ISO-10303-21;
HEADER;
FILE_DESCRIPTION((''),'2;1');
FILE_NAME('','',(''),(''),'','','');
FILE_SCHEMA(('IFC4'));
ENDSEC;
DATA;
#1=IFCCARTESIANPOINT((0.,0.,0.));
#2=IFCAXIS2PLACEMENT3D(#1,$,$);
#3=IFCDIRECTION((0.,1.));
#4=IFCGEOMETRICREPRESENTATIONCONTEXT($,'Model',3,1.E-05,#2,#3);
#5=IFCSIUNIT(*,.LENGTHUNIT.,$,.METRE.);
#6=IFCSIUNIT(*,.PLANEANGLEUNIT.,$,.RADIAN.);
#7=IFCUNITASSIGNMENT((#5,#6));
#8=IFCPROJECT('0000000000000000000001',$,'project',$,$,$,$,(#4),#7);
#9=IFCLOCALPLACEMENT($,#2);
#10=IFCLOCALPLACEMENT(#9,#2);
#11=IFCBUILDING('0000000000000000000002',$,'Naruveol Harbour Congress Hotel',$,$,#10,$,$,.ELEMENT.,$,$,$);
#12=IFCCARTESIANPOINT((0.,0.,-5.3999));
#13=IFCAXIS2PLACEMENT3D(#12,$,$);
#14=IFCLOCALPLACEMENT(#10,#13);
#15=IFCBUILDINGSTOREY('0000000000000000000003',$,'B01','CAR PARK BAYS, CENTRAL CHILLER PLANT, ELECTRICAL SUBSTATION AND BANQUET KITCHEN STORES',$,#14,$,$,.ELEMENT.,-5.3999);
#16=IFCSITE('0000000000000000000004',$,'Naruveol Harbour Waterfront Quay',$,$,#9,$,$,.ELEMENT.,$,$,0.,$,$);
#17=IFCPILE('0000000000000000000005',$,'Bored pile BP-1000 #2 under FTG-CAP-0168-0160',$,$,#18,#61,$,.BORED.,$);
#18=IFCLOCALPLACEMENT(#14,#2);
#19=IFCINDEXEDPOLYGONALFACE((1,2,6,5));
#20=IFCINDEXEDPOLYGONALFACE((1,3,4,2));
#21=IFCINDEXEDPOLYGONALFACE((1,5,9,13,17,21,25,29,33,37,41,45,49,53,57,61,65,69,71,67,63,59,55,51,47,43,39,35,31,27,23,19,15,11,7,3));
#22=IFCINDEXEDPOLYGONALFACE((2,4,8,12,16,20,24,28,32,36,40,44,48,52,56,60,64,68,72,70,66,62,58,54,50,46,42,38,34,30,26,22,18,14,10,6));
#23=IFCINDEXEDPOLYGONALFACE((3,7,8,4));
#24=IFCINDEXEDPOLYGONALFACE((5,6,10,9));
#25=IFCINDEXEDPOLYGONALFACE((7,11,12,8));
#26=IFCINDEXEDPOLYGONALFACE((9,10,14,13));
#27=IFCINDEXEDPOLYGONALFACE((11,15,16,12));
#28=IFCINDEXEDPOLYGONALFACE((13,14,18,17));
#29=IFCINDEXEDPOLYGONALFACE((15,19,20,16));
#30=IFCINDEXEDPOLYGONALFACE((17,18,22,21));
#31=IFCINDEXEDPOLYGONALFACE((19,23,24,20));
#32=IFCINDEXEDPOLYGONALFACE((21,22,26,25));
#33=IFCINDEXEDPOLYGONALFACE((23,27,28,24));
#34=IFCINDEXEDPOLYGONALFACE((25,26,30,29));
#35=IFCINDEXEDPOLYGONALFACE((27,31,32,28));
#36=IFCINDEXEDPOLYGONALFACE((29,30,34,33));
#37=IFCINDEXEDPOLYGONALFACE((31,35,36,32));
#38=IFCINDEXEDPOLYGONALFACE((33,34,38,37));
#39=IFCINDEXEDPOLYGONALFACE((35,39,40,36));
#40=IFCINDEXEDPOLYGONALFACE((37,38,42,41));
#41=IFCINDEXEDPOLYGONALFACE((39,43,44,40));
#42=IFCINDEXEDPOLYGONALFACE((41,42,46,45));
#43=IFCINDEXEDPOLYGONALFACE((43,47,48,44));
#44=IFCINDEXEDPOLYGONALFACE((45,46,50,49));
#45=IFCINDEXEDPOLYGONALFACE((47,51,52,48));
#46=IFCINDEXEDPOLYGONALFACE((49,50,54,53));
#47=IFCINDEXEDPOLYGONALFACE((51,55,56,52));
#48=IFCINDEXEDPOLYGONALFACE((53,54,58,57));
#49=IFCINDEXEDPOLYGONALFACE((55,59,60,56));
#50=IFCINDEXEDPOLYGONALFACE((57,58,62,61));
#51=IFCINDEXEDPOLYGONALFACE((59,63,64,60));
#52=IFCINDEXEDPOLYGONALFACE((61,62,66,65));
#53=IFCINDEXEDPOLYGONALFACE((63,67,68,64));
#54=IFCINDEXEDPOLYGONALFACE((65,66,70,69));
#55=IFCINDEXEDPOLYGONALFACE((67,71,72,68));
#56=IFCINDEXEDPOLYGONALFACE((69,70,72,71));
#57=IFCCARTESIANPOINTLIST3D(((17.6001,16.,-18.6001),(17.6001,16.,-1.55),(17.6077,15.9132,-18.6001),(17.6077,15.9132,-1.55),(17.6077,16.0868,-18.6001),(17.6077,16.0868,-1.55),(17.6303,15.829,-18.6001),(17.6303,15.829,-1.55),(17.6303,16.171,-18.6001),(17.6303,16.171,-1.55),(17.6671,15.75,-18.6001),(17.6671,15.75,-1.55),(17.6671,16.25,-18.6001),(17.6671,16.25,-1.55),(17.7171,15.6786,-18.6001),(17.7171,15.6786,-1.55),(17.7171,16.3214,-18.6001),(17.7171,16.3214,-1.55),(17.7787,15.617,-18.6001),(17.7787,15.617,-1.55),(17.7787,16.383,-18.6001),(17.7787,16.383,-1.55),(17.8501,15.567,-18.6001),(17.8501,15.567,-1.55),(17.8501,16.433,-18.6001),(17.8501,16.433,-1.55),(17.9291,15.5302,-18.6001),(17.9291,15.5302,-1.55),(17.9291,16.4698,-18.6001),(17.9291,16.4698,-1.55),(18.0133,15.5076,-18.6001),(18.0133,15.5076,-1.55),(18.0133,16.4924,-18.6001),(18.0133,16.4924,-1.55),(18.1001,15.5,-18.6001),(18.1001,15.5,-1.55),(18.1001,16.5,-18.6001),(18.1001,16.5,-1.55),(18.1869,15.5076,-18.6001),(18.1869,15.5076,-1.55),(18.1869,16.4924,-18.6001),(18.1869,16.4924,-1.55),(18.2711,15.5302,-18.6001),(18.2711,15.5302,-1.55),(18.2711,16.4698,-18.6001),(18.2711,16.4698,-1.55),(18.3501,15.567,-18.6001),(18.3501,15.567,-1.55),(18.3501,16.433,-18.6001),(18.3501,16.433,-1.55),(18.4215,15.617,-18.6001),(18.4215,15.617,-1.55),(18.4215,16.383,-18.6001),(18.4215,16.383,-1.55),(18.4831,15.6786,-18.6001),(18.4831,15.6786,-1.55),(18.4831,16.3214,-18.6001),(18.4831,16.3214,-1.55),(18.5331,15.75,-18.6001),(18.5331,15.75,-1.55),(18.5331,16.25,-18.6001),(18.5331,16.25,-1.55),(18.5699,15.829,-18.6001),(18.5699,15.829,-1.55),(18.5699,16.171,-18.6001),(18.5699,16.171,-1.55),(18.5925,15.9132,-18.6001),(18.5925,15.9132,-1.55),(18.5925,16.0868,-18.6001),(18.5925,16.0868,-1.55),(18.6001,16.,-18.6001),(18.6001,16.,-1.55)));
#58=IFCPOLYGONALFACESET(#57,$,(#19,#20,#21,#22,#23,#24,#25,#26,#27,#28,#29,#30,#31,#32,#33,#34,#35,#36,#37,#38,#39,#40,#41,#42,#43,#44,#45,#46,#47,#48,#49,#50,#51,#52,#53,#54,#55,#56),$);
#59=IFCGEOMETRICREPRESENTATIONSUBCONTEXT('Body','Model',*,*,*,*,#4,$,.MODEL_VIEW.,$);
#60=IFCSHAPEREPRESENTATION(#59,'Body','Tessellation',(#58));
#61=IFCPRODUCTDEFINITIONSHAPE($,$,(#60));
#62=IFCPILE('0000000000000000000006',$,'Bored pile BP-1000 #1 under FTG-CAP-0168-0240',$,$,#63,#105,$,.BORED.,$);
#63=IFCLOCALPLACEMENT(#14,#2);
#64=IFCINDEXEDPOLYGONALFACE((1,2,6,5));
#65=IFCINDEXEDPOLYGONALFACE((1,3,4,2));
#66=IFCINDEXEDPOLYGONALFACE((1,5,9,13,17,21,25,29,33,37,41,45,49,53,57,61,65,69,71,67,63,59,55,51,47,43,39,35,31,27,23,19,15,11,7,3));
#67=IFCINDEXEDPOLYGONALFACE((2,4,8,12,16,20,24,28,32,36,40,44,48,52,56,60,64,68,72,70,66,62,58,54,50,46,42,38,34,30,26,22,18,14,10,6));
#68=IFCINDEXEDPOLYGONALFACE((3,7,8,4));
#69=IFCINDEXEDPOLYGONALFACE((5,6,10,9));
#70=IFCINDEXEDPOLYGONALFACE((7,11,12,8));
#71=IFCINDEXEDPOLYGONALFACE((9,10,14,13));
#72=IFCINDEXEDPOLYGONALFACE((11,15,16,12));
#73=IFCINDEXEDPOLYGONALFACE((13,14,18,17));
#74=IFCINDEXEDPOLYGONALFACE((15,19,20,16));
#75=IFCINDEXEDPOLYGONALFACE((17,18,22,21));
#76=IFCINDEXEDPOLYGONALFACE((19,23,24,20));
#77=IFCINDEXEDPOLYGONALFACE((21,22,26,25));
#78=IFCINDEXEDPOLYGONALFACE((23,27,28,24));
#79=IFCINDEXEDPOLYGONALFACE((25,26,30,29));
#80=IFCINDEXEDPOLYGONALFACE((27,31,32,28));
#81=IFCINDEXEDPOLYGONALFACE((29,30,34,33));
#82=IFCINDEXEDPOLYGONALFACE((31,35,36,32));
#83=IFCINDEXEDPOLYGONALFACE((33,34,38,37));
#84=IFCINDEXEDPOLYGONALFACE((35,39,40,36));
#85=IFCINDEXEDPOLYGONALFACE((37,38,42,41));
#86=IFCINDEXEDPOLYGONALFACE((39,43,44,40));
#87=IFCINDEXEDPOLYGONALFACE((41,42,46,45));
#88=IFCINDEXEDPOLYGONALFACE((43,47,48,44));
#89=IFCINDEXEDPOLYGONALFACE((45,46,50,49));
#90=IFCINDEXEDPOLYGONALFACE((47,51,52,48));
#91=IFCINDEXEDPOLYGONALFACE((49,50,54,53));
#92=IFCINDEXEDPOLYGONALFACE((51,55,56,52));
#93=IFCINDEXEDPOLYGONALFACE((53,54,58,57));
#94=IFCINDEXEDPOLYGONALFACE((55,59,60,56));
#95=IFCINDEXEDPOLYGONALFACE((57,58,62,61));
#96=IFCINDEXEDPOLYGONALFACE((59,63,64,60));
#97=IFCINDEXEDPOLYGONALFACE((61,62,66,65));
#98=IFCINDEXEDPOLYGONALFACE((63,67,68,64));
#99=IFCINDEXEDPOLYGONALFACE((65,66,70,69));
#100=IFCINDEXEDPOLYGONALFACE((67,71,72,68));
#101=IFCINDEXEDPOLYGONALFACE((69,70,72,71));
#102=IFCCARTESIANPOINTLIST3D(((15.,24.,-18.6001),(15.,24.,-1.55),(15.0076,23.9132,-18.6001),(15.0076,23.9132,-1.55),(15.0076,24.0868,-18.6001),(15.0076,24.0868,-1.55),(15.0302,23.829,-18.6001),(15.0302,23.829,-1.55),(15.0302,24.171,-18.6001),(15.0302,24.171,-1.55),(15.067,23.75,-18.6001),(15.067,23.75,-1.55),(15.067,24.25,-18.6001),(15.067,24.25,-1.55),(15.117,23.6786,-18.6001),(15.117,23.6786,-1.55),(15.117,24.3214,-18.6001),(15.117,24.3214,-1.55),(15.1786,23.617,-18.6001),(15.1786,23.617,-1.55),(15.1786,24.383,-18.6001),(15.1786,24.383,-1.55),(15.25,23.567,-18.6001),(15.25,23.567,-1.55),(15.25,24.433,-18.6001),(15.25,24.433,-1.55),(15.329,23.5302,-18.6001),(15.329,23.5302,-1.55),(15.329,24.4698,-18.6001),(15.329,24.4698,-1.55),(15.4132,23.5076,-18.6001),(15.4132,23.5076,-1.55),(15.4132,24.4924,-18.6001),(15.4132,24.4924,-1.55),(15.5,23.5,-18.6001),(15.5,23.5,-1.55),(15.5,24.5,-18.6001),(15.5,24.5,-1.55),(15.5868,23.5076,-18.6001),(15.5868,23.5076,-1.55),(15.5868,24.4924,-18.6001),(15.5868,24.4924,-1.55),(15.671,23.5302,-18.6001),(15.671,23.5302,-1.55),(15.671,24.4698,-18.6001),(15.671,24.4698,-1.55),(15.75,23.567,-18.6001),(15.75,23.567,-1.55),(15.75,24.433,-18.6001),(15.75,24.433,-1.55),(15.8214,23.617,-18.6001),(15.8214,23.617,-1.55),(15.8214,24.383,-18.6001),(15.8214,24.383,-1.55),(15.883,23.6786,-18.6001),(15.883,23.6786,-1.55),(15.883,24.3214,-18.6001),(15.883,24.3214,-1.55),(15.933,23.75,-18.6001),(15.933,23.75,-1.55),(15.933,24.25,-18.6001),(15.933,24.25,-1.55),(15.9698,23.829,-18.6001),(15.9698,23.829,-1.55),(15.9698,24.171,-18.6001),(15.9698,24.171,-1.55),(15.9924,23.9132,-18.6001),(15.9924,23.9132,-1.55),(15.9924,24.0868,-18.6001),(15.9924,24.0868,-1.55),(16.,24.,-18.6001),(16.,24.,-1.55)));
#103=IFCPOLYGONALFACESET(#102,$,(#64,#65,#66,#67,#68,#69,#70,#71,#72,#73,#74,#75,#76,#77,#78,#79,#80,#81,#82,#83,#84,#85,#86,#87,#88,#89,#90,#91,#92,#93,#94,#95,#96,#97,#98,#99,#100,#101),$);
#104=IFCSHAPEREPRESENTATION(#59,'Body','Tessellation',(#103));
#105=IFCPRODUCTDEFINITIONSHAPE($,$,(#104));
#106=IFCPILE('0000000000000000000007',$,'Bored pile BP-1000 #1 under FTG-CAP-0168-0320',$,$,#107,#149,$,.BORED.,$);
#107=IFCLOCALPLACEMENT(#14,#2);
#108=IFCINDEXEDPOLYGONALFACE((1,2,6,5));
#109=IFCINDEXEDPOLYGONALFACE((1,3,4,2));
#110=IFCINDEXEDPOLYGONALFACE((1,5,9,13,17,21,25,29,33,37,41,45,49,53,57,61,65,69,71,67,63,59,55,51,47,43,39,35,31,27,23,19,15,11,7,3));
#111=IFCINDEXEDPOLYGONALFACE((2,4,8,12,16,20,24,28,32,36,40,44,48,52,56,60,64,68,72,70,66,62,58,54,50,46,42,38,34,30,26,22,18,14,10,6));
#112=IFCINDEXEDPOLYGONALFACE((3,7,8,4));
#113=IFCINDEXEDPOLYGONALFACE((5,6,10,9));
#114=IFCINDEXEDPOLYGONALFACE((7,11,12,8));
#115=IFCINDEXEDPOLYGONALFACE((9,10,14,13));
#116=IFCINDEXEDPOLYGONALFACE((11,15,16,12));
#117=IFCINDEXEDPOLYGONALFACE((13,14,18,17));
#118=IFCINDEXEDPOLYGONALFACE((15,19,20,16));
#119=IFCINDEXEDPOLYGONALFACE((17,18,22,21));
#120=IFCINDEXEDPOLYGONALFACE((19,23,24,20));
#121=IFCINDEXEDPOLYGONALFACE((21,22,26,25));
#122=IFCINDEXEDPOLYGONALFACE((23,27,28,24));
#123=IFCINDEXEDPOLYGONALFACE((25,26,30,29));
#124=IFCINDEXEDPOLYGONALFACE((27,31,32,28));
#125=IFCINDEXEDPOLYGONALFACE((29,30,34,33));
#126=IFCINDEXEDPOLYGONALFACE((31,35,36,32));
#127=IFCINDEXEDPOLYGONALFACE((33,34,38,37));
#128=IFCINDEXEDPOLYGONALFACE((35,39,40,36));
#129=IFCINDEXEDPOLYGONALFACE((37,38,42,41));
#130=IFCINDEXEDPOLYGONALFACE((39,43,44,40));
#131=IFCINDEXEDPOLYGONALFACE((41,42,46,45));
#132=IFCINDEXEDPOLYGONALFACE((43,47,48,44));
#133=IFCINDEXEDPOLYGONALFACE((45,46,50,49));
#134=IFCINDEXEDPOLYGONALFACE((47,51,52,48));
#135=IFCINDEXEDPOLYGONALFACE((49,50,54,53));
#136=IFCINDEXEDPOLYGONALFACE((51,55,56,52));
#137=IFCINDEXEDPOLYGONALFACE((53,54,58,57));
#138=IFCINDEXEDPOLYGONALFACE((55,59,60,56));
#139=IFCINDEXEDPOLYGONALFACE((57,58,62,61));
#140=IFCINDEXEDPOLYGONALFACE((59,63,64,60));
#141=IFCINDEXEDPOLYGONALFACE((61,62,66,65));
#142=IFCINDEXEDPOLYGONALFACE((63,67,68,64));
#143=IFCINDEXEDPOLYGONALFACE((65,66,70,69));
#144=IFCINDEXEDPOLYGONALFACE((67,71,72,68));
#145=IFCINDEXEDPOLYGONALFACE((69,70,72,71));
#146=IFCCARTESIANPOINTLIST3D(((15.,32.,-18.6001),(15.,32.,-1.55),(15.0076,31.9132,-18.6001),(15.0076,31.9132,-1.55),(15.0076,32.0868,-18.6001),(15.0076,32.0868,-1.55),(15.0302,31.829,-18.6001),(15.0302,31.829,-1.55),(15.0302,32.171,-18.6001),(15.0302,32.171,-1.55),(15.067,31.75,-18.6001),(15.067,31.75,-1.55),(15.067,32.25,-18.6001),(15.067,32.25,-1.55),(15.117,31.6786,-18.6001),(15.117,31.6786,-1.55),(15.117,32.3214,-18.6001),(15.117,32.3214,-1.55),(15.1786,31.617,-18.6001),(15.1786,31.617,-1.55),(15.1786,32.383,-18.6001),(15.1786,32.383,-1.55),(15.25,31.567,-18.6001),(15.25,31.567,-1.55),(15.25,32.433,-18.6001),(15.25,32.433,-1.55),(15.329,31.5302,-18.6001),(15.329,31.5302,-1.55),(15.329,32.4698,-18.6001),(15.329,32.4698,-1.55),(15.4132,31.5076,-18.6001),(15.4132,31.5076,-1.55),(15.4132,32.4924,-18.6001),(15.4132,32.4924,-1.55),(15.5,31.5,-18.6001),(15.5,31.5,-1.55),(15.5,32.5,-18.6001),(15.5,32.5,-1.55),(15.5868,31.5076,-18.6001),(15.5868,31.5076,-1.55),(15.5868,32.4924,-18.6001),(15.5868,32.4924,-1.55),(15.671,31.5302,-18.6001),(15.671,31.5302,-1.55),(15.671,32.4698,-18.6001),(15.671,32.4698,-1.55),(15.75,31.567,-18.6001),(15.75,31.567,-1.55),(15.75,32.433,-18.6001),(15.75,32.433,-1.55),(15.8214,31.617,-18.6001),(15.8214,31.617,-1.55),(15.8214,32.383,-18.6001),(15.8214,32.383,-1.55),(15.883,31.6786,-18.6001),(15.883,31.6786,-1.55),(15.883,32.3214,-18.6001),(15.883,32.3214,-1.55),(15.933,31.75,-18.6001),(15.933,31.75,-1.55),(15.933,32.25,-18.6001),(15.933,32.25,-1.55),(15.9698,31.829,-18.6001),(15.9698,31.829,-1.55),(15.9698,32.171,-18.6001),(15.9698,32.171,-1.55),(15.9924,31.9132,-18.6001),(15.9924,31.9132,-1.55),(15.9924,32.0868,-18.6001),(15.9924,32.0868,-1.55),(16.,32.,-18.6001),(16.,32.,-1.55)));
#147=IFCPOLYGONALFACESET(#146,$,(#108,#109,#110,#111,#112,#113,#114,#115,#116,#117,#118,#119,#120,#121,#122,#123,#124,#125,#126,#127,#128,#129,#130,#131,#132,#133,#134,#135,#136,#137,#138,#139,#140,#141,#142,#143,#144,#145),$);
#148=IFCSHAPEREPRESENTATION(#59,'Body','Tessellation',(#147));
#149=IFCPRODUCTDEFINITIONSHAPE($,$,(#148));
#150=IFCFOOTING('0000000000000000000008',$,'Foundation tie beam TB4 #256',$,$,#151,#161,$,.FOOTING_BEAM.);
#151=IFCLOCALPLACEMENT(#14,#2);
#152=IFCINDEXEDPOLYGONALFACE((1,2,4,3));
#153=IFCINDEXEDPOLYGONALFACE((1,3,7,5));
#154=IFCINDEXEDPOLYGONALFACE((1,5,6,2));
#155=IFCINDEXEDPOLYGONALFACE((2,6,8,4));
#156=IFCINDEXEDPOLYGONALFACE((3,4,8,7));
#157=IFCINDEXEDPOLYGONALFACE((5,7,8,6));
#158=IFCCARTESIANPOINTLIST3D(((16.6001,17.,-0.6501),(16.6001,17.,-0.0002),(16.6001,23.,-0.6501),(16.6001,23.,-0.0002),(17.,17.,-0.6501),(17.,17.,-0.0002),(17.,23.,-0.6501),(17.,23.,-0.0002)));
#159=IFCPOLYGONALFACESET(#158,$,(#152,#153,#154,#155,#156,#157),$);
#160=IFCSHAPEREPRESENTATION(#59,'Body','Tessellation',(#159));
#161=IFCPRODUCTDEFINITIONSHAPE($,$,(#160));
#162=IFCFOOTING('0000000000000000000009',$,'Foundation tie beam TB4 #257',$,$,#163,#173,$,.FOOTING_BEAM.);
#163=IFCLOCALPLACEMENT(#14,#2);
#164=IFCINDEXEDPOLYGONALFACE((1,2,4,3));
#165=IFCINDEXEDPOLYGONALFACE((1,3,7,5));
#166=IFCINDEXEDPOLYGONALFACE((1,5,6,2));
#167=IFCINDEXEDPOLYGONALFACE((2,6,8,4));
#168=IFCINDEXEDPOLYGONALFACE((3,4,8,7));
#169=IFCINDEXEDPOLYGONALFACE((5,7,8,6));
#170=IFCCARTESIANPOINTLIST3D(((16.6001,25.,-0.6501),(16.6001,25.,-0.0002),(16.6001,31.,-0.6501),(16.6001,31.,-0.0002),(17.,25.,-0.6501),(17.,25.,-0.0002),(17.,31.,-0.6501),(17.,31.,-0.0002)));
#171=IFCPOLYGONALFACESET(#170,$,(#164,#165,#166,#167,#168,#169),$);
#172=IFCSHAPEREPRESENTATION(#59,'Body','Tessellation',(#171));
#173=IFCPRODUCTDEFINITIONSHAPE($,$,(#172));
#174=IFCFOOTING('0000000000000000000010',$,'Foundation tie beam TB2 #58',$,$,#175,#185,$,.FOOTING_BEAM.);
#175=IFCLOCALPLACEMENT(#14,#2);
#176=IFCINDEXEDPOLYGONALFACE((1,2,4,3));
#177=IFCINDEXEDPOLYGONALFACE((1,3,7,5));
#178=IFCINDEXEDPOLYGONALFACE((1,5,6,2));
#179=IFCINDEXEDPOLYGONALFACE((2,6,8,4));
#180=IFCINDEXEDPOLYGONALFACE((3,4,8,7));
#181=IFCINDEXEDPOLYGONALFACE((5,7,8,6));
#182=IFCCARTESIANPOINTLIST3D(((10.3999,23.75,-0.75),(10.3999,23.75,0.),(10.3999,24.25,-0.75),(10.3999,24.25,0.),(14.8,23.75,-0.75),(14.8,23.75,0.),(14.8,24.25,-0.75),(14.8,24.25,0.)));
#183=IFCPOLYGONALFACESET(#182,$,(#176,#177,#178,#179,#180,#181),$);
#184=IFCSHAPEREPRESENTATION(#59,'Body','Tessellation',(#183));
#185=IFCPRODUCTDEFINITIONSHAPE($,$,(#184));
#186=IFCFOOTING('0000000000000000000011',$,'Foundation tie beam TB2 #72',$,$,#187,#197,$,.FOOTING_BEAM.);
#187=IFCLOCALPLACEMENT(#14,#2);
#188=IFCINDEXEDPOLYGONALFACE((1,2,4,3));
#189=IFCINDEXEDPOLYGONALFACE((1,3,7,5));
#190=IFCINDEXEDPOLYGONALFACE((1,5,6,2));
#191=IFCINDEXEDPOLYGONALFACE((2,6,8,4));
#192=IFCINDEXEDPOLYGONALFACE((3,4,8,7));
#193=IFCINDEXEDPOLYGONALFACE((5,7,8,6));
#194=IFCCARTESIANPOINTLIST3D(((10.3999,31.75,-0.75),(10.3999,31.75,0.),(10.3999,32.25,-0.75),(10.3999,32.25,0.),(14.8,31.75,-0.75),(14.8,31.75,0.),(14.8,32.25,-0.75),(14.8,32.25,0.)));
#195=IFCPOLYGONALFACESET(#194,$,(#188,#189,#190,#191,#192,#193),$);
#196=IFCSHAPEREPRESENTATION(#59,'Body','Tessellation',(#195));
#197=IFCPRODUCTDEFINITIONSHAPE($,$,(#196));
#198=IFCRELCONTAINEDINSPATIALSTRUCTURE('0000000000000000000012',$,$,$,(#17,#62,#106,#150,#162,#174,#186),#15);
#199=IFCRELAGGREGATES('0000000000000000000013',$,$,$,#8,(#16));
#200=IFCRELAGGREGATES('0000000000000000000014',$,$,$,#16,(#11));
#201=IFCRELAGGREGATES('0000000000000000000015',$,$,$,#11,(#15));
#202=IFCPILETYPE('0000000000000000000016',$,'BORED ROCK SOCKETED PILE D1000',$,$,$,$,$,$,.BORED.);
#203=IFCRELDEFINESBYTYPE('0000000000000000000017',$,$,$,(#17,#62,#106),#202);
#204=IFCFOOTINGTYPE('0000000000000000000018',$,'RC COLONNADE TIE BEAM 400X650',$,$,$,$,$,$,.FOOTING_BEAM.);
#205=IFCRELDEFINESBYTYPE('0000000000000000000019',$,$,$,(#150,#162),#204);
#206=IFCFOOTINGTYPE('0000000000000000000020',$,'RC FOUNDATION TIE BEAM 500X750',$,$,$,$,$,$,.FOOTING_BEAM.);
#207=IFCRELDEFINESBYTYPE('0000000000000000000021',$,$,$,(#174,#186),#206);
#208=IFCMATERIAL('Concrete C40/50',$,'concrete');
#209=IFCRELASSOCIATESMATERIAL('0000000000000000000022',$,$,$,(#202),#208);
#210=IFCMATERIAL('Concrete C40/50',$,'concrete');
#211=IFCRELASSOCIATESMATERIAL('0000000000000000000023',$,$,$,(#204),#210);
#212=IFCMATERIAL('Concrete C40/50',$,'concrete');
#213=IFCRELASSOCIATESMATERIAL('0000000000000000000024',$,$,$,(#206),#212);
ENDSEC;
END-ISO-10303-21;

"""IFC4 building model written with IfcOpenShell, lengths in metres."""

from ifc_helpers import new_model, si_unit, direction, frame, origin, origin_2d, place, context, subcontext, project, spatial, rectangle, circle, extrude, material, material_profile, profile_set, type_object, element, save


model = new_model("IFC4")

# Units and contexts
model_context = context("Model", 3, precision=1e-05, world=origin(), true_north=direction((0.0, 1.0)))
body_context = subcontext(model_context, "Body", "Model", "MODEL_VIEW")
ifc_project = project(units=[si_unit("LENGTHUNIT", "METRE"), si_unit("PLANEANGLEUNIT", "RADIAN")], contexts=[model_context])

# Site, building, storey
site_placement = place(None, origin())
site = spatial("IfcSite", under=ifc_project, at=site_placement, Name="Naruveol Harbour Waterfront Quay", CompositionType="ELEMENT", RefElevation=0.0)
building_placement = place(site_placement, origin())
building = spatial("IfcBuilding", under=site, at=building_placement, Name="Naruveol Harbour Congress Hotel", CompositionType="ELEMENT")
storey_placement = place(building_placement, frame((0.0, 0.0, -5.3999)))
storey = spatial("IfcBuildingStorey", under=building, at=storey_placement, Name="B01", Description="CAR PARK BAYS, CENTRAL CHILLER PLANT, ELECTRICAL SUBSTATION AND BANQUET KITCHEN STORES", CompositionType="ELEMENT", Elevation=-5.3999)

# Piles
ifc_material_1 = material(Name="Concrete C40/50", Category="concrete")
ifc_material_profile_1 = material_profile(ifc_material_1, circle(Radius=0.5, at=origin_2d()), Name="BP-1000")
ifc_profile_set_1 = profile_set([ifc_material_profile_1], Name="Concrete C40/50")
pile_type = type_object("IfcPileType", Name="BORED ROCK SOCKETED PILE D1000", PredefinedType="BORED", material=ifc_profile_set_1)
for number, where, z_axis, x_axis, name in (
    (1, (18.1001, 16.0, -1.55), (0.0, 0.0, -1.0), (1.0, 0.0, 0.0), "Bored pile BP-1000 #2 under FTG-CAP-0168-0160"),
    (2, (15.5, 24.0, -1.55), (0.0, 0.0, -1.0), (1.0, 0.0, 0.0), "Bored pile BP-1000 #1 under FTG-CAP-0168-0240"),
    (3, (15.5, 32.0, -1.55), (0.0, 0.0, -1.0), (1.0, 0.0, 0.0), "Bored pile BP-1000 #1 under FTG-CAP-0168-0320"),
):
    element("IfcPile", number, at=place(storey_placement, frame(where, z_axis=z_axis, x_axis=x_axis)), inside=storey, type_object=pile_type, Name=name, PredefinedType="BORED", context=body_context, shape_type="SweptSolid", body=[
        extrude(circle(Radius=0.5, at=origin_2d()), origin(), (0.0, 0.0, 1.0), 17.05),
    ])

# Footings
ifc_material_2 = material(Name="Concrete C40/50", Category="concrete")
ifc_material_profile_2 = material_profile(ifc_material_2, rectangle(XDim=0.3999, YDim=0.6499, at=origin_2d()), Name="RCB-400x650")
ifc_profile_set_2 = profile_set([ifc_material_profile_2], Name="Concrete C40/50")
footing_type_1 = type_object("IfcFootingType", Name="RC COLONNADE TIE BEAM 400X650", PredefinedType="FOOTING_BEAM", material=ifc_profile_set_2)
for number, where, z_axis, x_axis, name in (
    (4, (16.8, 17.0, -0.3252), (0.0, 1.0, 0.0), (-1.0, 0.0, 0.0), "Foundation tie beam TB4 #256"),
    (5, (16.8, 25.0, -0.3252), (0.0, 1.0, 0.0), (-1.0, 0.0, 0.0), "Foundation tie beam TB4 #257"),
):
    element("IfcFooting", number, at=place(storey_placement, frame(where, z_axis=z_axis, x_axis=x_axis)), inside=storey, type_object=footing_type_1, Name=name, PredefinedType="FOOTING_BEAM", context=body_context, shape_type="SweptSolid", body=[
        extrude(rectangle(XDim=0.3999, YDim=0.6499, at=origin_2d()), origin(), (0.0, 0.0, 1.0), 6.0),
    ])
ifc_material_3 = material(Name="Concrete C40/50", Category="concrete")
ifc_material_profile_3 = material_profile(ifc_material_3, rectangle(XDim=0.5, YDim=0.75, at=origin_2d()), Name="RCB-500x750")
ifc_profile_set_3 = profile_set([ifc_material_profile_3], Name="Concrete C40/50")
footing_type_2 = type_object("IfcFootingType", Name="RC FOUNDATION TIE BEAM 500X750", PredefinedType="FOOTING_BEAM", material=ifc_profile_set_3)
for number, where, z_axis, x_axis, name in (
    (6, (10.3999, 24.0, -0.375), (1.0, 0.0, 0.0), (0.0, 1.0, 0.0), "Foundation tie beam TB2 #58"),
    (7, (10.3999, 32.0, -0.375), (1.0, 0.0, 0.0), (0.0, 1.0, 0.0), "Foundation tie beam TB2 #72"),
):
    element("IfcFooting", number, at=place(storey_placement, frame(where, z_axis=z_axis, x_axis=x_axis)), inside=storey, type_object=footing_type_2, Name=name, PredefinedType="FOOTING_BEAM", context=body_context, shape_type="SweptSolid", body=[
        extrude(rectangle(XDim=0.5, YDim=0.75, at=origin_2d()), origin(), (0.0, 0.0, 1.0), 4.4001),
    ])

save(model, "model.ifc")
